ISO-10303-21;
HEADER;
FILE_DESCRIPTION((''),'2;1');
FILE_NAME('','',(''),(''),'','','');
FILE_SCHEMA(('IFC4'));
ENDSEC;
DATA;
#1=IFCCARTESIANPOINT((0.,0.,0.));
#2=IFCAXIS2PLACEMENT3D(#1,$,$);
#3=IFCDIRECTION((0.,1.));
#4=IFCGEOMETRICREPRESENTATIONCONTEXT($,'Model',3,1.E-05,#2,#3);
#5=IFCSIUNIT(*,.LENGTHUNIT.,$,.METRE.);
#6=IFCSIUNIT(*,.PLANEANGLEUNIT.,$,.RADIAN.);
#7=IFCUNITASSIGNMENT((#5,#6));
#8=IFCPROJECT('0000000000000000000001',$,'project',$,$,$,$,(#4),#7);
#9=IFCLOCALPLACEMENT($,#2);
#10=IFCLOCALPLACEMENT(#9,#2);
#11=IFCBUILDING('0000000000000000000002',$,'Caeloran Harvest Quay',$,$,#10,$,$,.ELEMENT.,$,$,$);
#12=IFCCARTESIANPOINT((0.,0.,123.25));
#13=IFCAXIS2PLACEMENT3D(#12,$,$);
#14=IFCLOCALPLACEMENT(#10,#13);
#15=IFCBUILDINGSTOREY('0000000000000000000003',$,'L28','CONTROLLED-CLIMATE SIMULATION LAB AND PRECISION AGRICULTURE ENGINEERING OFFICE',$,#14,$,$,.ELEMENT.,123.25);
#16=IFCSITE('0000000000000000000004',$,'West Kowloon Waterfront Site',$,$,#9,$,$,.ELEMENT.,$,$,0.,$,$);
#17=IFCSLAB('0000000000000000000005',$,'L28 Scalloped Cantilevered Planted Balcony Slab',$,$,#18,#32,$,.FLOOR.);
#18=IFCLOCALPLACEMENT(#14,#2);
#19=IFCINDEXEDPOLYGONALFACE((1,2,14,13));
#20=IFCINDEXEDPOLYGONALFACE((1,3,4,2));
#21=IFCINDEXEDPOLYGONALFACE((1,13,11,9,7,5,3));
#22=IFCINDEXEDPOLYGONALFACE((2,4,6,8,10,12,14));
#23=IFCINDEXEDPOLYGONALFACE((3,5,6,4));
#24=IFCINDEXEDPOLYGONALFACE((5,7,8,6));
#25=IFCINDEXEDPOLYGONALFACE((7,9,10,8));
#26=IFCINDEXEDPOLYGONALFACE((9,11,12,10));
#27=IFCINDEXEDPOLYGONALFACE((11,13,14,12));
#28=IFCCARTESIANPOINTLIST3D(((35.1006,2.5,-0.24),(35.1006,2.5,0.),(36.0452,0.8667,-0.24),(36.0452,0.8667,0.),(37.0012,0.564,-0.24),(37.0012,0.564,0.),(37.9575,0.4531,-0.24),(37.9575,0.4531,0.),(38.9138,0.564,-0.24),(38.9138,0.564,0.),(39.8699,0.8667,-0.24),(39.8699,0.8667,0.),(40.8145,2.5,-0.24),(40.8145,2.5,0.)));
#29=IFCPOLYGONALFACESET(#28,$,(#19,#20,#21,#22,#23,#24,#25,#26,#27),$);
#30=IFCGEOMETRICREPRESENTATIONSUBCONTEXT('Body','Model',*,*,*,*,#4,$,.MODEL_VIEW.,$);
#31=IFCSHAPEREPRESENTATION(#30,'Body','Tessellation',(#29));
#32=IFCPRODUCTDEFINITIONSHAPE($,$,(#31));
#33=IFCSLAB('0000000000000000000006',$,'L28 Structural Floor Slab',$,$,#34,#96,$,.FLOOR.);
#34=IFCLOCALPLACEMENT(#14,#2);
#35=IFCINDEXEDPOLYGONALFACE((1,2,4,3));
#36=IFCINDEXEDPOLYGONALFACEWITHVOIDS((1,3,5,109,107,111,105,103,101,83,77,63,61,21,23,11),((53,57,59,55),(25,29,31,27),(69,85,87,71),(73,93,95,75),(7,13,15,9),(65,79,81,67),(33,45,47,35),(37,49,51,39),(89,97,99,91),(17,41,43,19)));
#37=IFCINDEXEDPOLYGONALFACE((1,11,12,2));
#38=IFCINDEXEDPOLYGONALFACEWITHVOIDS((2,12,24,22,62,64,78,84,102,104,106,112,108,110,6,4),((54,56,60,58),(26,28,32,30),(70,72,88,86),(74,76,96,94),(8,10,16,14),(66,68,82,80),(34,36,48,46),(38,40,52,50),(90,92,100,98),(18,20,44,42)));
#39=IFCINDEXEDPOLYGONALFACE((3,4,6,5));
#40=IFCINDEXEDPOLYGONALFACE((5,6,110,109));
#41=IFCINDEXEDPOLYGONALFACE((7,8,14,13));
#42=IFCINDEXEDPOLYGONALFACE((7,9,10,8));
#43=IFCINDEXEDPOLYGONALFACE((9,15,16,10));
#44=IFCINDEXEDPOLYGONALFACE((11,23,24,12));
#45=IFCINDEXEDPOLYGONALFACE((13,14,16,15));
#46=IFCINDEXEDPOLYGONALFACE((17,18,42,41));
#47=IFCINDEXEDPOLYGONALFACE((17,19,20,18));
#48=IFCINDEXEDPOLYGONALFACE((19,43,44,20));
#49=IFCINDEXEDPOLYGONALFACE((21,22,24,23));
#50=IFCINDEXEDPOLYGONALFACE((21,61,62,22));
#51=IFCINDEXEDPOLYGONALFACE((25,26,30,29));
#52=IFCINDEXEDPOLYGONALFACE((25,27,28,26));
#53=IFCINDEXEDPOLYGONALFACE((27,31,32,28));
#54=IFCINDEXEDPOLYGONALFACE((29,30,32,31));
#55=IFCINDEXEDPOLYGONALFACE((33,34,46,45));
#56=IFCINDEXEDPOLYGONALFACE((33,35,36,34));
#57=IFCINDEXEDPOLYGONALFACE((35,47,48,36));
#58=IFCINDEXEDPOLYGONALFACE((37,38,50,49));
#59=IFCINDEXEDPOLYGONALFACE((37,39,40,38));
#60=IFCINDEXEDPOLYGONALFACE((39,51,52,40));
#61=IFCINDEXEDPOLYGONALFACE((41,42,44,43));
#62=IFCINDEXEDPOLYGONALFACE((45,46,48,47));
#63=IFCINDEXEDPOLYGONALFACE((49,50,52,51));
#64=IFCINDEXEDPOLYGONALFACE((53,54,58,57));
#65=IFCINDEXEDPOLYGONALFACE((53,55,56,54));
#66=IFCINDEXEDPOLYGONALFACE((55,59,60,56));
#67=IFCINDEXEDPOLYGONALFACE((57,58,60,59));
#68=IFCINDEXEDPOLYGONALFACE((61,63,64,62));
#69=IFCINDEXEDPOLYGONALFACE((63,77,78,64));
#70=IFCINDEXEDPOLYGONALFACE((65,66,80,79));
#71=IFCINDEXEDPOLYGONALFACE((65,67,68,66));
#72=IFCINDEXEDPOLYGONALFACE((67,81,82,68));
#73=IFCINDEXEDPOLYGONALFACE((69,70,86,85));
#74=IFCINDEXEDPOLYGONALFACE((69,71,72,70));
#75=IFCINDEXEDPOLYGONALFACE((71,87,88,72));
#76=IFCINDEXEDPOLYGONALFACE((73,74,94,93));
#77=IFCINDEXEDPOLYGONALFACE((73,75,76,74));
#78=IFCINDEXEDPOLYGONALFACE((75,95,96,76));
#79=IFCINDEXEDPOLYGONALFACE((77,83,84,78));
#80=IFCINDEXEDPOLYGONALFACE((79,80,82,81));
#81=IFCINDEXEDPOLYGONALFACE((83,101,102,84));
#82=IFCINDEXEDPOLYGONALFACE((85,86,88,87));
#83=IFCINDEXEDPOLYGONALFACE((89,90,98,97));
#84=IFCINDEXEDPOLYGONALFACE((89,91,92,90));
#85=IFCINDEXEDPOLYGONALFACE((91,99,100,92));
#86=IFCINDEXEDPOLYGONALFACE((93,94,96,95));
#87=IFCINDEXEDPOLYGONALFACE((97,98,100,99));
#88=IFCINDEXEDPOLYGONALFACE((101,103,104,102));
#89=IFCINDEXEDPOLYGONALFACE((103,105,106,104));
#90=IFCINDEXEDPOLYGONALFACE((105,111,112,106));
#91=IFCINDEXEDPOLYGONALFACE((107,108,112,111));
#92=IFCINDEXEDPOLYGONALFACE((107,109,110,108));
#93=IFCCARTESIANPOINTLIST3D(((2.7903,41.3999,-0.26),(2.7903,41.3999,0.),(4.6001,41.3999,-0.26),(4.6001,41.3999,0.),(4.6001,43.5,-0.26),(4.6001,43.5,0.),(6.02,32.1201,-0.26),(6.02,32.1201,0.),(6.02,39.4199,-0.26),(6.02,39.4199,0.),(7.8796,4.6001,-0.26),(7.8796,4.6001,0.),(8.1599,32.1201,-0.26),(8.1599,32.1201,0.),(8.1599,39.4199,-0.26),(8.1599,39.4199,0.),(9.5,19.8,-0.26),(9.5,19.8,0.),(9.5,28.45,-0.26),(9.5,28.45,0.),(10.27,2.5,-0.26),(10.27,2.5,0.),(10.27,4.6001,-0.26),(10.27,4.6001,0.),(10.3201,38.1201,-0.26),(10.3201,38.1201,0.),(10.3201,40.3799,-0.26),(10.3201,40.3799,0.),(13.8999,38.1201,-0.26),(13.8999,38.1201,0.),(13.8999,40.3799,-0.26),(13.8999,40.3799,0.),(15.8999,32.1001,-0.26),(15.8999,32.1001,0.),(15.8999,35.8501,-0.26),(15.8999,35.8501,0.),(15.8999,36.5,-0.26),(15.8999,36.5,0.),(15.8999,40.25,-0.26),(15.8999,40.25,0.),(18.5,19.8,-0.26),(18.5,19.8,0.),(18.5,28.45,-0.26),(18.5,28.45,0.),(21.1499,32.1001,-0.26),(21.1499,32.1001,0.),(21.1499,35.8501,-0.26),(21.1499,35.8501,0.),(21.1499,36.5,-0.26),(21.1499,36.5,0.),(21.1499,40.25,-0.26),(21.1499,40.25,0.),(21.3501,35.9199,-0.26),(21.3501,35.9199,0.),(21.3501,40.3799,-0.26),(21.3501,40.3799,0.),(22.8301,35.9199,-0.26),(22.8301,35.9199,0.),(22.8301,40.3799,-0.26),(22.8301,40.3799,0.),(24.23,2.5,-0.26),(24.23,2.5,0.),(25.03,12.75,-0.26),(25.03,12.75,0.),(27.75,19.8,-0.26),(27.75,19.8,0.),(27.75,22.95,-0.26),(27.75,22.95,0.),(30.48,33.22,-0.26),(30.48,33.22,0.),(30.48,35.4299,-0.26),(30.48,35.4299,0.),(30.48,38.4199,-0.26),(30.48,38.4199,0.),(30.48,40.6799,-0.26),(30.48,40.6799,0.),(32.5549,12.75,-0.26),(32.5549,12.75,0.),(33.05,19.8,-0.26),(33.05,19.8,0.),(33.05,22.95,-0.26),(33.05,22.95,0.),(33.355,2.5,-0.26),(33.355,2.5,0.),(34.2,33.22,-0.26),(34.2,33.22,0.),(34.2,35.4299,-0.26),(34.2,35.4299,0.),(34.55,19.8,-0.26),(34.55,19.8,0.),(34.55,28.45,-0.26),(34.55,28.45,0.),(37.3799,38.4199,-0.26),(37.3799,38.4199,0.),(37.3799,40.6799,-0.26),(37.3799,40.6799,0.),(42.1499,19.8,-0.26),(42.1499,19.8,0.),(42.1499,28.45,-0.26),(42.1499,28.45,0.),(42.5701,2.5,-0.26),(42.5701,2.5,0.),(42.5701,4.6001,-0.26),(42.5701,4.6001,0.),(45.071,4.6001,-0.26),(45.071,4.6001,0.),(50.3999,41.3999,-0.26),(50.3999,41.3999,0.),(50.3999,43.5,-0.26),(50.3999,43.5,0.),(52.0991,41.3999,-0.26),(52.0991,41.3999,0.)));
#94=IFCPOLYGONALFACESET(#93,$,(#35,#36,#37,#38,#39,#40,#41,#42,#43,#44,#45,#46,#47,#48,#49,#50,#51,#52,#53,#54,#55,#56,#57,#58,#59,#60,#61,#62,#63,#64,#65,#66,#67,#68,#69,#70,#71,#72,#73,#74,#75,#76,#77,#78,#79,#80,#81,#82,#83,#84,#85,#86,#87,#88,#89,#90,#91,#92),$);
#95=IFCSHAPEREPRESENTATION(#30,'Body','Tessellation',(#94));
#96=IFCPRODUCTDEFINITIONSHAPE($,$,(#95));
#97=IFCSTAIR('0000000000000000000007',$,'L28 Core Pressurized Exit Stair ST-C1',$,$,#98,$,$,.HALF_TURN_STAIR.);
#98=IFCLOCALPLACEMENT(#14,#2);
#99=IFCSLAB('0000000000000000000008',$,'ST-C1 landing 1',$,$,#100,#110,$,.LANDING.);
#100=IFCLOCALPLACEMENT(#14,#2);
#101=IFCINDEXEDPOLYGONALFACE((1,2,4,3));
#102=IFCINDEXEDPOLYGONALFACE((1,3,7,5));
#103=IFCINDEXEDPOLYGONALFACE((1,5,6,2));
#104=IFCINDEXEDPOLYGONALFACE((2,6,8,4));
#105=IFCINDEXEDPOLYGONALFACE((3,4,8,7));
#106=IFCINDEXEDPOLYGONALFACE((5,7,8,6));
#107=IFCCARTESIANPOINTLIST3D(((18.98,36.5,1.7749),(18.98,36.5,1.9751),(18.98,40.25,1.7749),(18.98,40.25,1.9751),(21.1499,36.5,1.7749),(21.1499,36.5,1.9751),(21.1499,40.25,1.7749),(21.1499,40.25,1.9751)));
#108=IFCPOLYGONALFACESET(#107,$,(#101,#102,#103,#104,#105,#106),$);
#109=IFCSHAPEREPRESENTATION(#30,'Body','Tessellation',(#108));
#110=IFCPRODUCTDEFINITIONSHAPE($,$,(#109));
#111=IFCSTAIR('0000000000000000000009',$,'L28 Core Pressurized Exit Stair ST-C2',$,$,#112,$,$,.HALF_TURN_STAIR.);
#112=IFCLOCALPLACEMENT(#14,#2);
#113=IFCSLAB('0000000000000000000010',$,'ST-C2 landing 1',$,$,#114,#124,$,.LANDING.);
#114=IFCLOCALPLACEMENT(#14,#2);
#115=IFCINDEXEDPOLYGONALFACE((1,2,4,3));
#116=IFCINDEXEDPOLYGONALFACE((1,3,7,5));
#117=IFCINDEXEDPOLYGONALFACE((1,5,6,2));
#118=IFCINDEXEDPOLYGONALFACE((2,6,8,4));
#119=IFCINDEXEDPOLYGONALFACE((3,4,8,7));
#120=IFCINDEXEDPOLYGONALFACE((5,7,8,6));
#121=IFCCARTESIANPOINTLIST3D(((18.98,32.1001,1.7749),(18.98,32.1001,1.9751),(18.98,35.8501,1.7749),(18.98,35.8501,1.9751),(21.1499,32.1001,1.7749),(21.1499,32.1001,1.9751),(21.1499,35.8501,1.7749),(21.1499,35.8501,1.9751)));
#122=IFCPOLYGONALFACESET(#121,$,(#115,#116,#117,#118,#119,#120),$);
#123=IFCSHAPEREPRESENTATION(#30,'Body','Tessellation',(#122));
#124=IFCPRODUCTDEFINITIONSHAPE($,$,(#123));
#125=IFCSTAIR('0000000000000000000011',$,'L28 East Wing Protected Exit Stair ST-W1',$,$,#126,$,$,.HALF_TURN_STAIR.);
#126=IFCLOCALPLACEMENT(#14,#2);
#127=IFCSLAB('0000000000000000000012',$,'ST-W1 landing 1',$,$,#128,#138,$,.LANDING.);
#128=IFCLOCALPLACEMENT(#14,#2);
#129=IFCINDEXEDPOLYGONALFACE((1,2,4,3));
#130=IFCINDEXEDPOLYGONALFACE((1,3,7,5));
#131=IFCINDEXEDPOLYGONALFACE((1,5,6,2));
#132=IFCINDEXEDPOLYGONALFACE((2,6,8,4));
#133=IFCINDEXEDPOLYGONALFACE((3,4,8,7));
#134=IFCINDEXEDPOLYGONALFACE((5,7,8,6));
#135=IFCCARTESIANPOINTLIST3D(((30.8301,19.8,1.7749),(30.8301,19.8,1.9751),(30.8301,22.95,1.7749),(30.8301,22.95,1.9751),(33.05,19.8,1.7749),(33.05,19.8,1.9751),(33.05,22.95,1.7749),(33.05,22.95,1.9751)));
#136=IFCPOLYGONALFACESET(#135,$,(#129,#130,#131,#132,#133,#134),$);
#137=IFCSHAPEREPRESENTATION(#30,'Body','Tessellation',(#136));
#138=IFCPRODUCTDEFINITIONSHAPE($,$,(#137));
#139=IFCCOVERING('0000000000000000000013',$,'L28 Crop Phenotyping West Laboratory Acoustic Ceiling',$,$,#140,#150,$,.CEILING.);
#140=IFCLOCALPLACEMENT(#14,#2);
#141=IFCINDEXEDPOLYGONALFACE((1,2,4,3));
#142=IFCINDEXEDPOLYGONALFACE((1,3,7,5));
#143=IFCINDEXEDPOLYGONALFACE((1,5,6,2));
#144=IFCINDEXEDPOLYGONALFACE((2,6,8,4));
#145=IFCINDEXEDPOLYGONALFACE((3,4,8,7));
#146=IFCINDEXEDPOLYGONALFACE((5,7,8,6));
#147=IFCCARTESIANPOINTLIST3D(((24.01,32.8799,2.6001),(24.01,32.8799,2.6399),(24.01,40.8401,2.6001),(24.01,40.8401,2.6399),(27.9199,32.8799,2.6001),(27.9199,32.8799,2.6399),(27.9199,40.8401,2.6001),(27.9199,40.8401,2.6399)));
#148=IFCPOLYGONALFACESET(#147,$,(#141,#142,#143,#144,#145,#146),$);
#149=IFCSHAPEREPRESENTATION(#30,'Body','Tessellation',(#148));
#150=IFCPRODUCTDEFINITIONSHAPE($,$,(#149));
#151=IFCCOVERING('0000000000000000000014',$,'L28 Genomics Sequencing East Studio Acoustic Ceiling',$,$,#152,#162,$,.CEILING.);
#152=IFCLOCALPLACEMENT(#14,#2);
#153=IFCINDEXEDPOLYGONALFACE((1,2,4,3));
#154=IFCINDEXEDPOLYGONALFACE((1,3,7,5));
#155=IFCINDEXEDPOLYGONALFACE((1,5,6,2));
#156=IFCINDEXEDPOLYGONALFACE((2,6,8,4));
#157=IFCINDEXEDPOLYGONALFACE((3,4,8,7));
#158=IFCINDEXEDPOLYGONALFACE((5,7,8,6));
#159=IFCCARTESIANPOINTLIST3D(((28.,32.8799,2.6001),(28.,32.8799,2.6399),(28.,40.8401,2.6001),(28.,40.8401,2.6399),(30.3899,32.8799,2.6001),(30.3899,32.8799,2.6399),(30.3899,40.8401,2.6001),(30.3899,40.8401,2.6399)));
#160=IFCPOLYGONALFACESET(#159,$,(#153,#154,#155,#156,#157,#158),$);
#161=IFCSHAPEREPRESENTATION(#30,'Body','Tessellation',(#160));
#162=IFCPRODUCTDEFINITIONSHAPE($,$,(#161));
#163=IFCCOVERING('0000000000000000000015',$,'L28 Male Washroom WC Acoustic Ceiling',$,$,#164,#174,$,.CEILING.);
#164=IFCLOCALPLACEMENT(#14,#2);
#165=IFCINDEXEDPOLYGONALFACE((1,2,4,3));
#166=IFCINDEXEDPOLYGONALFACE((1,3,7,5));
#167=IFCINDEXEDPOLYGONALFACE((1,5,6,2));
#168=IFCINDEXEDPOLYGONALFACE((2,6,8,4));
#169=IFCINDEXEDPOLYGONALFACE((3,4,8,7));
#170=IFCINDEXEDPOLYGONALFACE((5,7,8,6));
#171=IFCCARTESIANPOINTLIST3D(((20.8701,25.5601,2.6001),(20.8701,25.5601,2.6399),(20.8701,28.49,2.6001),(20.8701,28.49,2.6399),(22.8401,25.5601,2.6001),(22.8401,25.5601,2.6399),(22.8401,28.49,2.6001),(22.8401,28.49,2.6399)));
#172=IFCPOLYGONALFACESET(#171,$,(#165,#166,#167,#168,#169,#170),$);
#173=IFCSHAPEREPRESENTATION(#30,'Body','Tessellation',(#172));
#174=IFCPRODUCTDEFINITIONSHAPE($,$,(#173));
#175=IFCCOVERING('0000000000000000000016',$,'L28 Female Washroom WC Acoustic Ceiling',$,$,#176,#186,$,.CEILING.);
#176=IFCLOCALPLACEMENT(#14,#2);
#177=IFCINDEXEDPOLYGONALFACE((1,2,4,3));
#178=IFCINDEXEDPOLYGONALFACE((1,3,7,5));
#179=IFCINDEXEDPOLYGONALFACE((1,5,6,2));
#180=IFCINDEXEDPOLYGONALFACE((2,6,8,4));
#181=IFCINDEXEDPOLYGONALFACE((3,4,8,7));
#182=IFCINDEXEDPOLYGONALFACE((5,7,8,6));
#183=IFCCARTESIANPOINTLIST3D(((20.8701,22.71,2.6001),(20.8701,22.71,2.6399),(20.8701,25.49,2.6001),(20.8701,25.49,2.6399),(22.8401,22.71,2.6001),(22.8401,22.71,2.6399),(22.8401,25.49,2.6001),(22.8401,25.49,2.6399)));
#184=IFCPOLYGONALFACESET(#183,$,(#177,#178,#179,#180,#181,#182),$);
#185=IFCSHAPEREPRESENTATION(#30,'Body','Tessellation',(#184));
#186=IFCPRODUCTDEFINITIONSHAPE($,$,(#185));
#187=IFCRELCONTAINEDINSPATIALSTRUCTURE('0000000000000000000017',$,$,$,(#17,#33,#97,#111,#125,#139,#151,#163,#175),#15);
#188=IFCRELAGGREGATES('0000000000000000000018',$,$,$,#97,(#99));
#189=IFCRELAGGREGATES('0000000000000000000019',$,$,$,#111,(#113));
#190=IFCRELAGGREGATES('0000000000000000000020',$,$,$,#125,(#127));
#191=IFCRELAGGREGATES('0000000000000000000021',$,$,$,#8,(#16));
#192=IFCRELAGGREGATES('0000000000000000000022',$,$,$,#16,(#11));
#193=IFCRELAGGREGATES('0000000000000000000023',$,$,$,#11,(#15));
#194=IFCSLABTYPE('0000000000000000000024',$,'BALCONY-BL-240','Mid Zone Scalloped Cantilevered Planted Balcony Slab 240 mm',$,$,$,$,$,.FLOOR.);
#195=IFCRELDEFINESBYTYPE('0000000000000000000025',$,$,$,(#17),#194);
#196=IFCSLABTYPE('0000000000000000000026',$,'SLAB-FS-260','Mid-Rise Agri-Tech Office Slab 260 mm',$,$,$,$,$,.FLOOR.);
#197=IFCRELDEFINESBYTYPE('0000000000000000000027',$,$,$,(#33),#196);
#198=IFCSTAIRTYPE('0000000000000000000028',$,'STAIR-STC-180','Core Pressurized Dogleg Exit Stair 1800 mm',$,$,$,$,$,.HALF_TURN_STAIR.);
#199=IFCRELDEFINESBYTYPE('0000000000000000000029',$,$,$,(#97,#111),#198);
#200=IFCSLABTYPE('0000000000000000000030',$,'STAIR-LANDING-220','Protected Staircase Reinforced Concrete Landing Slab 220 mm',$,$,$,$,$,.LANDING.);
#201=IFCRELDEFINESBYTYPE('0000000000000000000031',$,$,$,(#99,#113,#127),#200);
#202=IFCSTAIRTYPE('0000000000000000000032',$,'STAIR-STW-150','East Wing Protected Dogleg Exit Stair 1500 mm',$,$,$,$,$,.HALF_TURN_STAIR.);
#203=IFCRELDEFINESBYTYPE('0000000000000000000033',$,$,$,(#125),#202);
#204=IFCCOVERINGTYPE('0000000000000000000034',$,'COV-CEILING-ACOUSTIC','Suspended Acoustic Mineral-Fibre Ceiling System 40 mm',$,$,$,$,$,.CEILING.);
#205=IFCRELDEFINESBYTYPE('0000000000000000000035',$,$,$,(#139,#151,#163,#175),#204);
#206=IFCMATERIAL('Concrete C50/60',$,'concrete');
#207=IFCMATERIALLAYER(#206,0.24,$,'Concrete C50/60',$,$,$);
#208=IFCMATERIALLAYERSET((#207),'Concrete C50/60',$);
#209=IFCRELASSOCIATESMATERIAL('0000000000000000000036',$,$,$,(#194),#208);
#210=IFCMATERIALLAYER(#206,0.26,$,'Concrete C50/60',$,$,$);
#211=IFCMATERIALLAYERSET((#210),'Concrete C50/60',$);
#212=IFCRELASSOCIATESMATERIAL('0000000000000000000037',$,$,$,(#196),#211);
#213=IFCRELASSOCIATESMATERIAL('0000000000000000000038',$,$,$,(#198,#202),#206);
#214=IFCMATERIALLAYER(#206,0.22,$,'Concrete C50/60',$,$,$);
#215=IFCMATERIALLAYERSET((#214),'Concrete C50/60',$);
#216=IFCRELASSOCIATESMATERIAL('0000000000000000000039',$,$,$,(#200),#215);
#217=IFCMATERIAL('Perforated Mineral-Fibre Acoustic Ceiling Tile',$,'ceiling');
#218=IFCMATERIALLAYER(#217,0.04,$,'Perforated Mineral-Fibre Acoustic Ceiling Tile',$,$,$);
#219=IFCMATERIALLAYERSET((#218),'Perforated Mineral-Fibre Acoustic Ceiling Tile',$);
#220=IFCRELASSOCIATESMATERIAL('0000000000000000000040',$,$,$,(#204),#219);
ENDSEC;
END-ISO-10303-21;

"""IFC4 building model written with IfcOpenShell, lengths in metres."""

from ifc_helpers import new_model, si_unit, direction, frame, origin, place, context, subcontext, project, spatial, polyline, outline, extrude, material, layer, layer_set, type_object, element, aggregate, save


model = new_model("IFC4")

# Units and contexts
model_context = context("Model", 3, precision=1e-05, world=origin(), true_north=direction((0.0, 1.0)))
body_context = subcontext(model_context, "Body", "Model", "MODEL_VIEW")
ifc_project = project(units=[si_unit("LENGTHUNIT", "METRE"), si_unit("PLANEANGLEUNIT", "RADIAN")], contexts=[model_context])

# Site, building, storey
site_placement = place(None, origin())
site = spatial("IfcSite", under=ifc_project, at=site_placement, Name="West Kowloon Waterfront Site", CompositionType="ELEMENT", RefElevation=0.0)
building_placement = place(site_placement, origin())
building = spatial("IfcBuilding", under=site, at=building_placement, Name="Caeloran Harvest Quay", CompositionType="ELEMENT")
storey_placement = place(building_placement, frame((0.0, 0.0, 123.25)))
storey = spatial("IfcBuildingStorey", under=building, at=storey_placement, Name="L28", Description="CONTROLLED-CLIMATE SIMULATION LAB AND PRECISION AGRICULTURE ENGINEERING OFFICE", CompositionType="ELEMENT", Elevation=123.25)

# Slabs
ifc_material_1 = material(Name="Concrete C50/60", Category="concrete")
ifc_layer_1 = layer(ifc_material_1, 0.24, Name="Concrete C50/60")
ifc_layer_set_1 = layer_set([ifc_layer_1], Name="Concrete C50/60")
slab_type_1 = type_object("IfcSlabType", Name="BALCONY-BL-240", Description="Mid Zone Scalloped Cantilevered Planted Balcony Slab 240 mm", PredefinedType="FLOOR", material=ifc_layer_set_1)
slab_1_placement = place(storey_placement, frame((0.0, 0.0, -0.24)))
element("IfcSlab", 1, at=slab_1_placement, inside=storey, type_object=slab_type_1, Name="L28 Scalloped Cantilevered Planted Balcony Slab", PredefinedType="FLOOR", context=body_context, shape_type="SweptSolid", body=[
    extrude(outline(polyline([(39.8699, 0.8667), (38.9138, 0.564), (37.9575, 0.4531), (37.0012, 0.564), (36.0452, 0.8667), (35.1006, 2.5), (40.8145, 2.5), (39.8699, 0.8667)])), origin(), (0.0, 0.0, 1.0), 0.24),
])
ifc_layer_2 = layer(ifc_material_1, 0.26, Name="Concrete C50/60")
ifc_layer_set_2 = layer_set([ifc_layer_2], Name="Concrete C50/60")
slab_type_2 = type_object("IfcSlabType", Name="SLAB-FS-260", Description="Mid-Rise Agri-Tech Office Slab 260 mm", PredefinedType="FLOOR", material=ifc_layer_set_2)
slab_2_placement = place(storey_placement, frame((0.0, 0.0, -0.26)))
element("IfcSlab", 2, at=slab_2_placement, inside=storey, type_object=slab_type_2, Name="L28 Structural Floor Slab", PredefinedType="FLOOR", context=body_context, shape_type="SweptSolid", body=[
    extrude(outline(polyline([(10.27, 2.5), (24.23, 2.5), (25.03, 12.75), (32.5549, 12.75), (33.355, 2.5), (42.5701, 2.5), (42.5701, 4.6001), (45.071, 4.6001), (52.0991, 41.3999), (50.3999, 41.3999), (50.3999, 43.5), (4.6001, 43.5), (4.6001, 41.3999), (2.7903, 41.3999), (7.8796, 4.6001), (10.27, 4.6001), (10.27, 2.5)]), holes=[polyline([(27.75, 19.8), (27.75, 22.95), (33.05, 22.95), (33.05, 19.8), (27.75, 19.8)]), polyline([(18.5, 19.8), (9.5, 19.8), (9.5, 28.45), (18.5, 28.45), (18.5, 19.8)]), polyline([(42.1499, 19.8), (34.55, 19.8), (34.55, 28.45), (42.1499, 28.45), (42.1499, 19.8)]), polyline([(15.8999, 35.8501), (21.1499, 35.8501), (21.1499, 32.1001), (15.8999, 32.1001), (15.8999, 35.8501)]), polyline([(30.48, 33.22), (30.48, 35.4299), (34.2, 35.4299), (34.2, 33.22), (30.48, 33.22)]), polyline([(8.1599, 32.1201), (6.02, 32.1201), (6.02, 39.4199), (8.1599, 39.4199), (8.1599, 32.1201)]), polyline([(22.8301, 35.9199), (21.3501, 35.9199), (21.3501, 40.3799), (22.8301, 40.3799), (22.8301, 35.9199)]), polyline([(15.8999, 36.5), (15.8999, 40.25), (21.1499, 40.25), (21.1499, 36.5), (15.8999, 36.5)]), polyline([(10.3201, 38.1201), (10.3201, 40.3799), (13.8999, 40.3799), (13.8999, 38.1201), (10.3201, 38.1201)]), polyline([(30.48, 38.4199), (30.48, 40.6799), (37.3799, 40.6799), (37.3799, 38.4199), (30.48, 38.4199)])]), origin(), (0.0, 0.0, 1.0), 0.26),
])

# Stairs, slabs
stair_type_1 = type_object("IfcStairType", Name="STAIR-STC-180", Description="Core Pressurized Dogleg Exit Stair 1800 mm", PredefinedType="HALF_TURN_STAIR", material=ifc_material_1)
stair_1_placement = place(storey_placement, origin())
stair_1 = element("IfcStair", 3, at=stair_1_placement, inside=storey, type_object=stair_type_1, Name="L28 Core Pressurized Exit Stair ST-C1", PredefinedType="HALF_TURN_STAIR")
ifc_layer_3 = layer(ifc_material_1, 0.22, Name="Concrete C50/60")
ifc_layer_set_3 = layer_set([ifc_layer_3], Name="Concrete C50/60")
slab_type_3 = type_object("IfcSlabType", Name="STAIR-LANDING-220", Description="Protected Staircase Reinforced Concrete Landing Slab 220 mm", PredefinedType="LANDING", material=ifc_layer_set_3)
slab_3_placement = place(storey_placement, frame((0.0, 0.0, 1.7749)))
slab_3 = element("IfcSlab", 4, at=slab_3_placement, type_object=slab_type_3, Name="ST-C1 landing 1", PredefinedType="LANDING", context=body_context, shape_type="SweptSolid", body=[
    extrude(outline(polyline([(18.98, 36.5), (21.1499, 36.5), (21.1499, 40.25), (18.98, 40.25), (18.98, 36.5)])), origin(), (0.0, 0.0, 1.0), 0.2002),
])
aggregate(stair_1, [slab_3])
stair_2_placement = place(storey_placement, origin())
stair_2 = element("IfcStair", 5, at=stair_2_placement, inside=storey, type_object=stair_type_1, Name="L28 Core Pressurized Exit Stair ST-C2", PredefinedType="HALF_TURN_STAIR")
slab_4_placement = place(storey_placement, frame((0.0, 0.0, 1.7749)))
slab_4 = element("IfcSlab", 6, at=slab_4_placement, type_object=slab_type_3, Name="ST-C2 landing 1", PredefinedType="LANDING", context=body_context, shape_type="SweptSolid", body=[
    extrude(outline(polyline([(18.98, 32.1001), (21.1499, 32.1001), (21.1499, 35.8501), (18.98, 35.8501), (18.98, 32.1001)])), origin(), (0.0, 0.0, 1.0), 0.2002),
])
aggregate(stair_2, [slab_4])
stair_type_2 = type_object("IfcStairType", Name="STAIR-STW-150", Description="East Wing Protected Dogleg Exit Stair 1500 mm", PredefinedType="HALF_TURN_STAIR", material=ifc_material_1)
stair_3_placement = place(storey_placement, origin())
stair_3 = element("IfcStair", 7, at=stair_3_placement, inside=storey, type_object=stair_type_2, Name="L28 East Wing Protected Exit Stair ST-W1", PredefinedType="HALF_TURN_STAIR")
slab_5_placement = place(storey_placement, frame((0.0, 0.0, 1.7749)))
slab_5 = element("IfcSlab", 8, at=slab_5_placement, type_object=slab_type_3, Name="ST-W1 landing 1", PredefinedType="LANDING", context=body_context, shape_type="SweptSolid", body=[
    extrude(outline(polyline([(30.8301, 19.8), (33.05, 19.8), (33.05, 22.95), (30.8301, 22.95), (30.8301, 19.8)])), origin(), (0.0, 0.0, 1.0), 0.2002),
])
aggregate(stair_3, [slab_5])

# Coverings
ifc_material_2 = material(Name="Perforated Mineral-Fibre Acoustic Ceiling Tile", Category="ceiling")
ifc_layer_4 = layer(ifc_material_2, 0.04, Name="Perforated Mineral-Fibre Acoustic Ceiling Tile")
ifc_layer_set_4 = layer_set([ifc_layer_4], Name="Perforated Mineral-Fibre Acoustic Ceiling Tile")
covering_type_1 = type_object("IfcCoveringType", Name="COV-CEILING-ACOUSTIC", Description="Suspended Acoustic Mineral-Fibre Ceiling System 40 mm", PredefinedType="CEILING", material=ifc_layer_set_4)
covering_1_placement = place(storey_placement, frame((0.0, 0.0, 2.6001)))
element("IfcCovering", 9, at=covering_1_placement, inside=storey, type_object=covering_type_1, Name="L28 Crop Phenotyping West Laboratory Acoustic Ceiling", PredefinedType="CEILING", context=body_context, shape_type="SweptSolid", body=[
    extrude(outline(polyline([(27.9199, 40.8401), (27.9199, 32.8799), (24.01, 32.8799), (24.01, 40.8401), (27.9199, 40.8401)])), origin(), (0.0, 0.0, 1.0), 0.0398),
])
covering_2_placement = place(storey_placement, frame((0.0, 0.0, 2.6001)))
element("IfcCovering", 10, at=covering_2_placement, inside=storey, type_object=covering_type_1, Name="L28 Genomics Sequencing East Studio Acoustic Ceiling", PredefinedType="CEILING", context=body_context, shape_type="SweptSolid", body=[
    extrude(outline(polyline([(30.3899, 40.8401), (30.3899, 32.8799), (28.0, 32.8799), (28.0, 40.8401), (30.3899, 40.8401)])), origin(), (0.0, 0.0, 1.0), 0.0398),
])
covering_3_placement = place(storey_placement, frame((0.0, 0.0, 2.6001)))
element("IfcCovering", 11, at=covering_3_placement, inside=storey, type_object=covering_type_1, Name="L28 Male Washroom WC Acoustic Ceiling", PredefinedType="CEILING", context=body_context, shape_type="SweptSolid", body=[
    extrude(outline(polyline([(22.8401, 25.5601), (20.8701, 25.5601), (20.8701, 28.49), (22.8401, 28.49), (22.8401, 25.5601)])), origin(), (0.0, 0.0, 1.0), 0.0398),
])
covering_4_placement = place(storey_placement, frame((0.0, 0.0, 2.6001)))
element("IfcCovering", 12, at=covering_4_placement, inside=storey, type_object=covering_type_1, Name="L28 Female Washroom WC Acoustic Ceiling", PredefinedType="CEILING", context=body_context, shape_type="SweptSolid", body=[
    extrude(outline(polyline([(22.8401, 22.71), (20.8701, 22.71), (20.8701, 25.49), (22.8401, 25.49), (22.8401, 22.71)])), origin(), (0.0, 0.0, 1.0), 0.0398),
])

save(model, "model.ifc")
